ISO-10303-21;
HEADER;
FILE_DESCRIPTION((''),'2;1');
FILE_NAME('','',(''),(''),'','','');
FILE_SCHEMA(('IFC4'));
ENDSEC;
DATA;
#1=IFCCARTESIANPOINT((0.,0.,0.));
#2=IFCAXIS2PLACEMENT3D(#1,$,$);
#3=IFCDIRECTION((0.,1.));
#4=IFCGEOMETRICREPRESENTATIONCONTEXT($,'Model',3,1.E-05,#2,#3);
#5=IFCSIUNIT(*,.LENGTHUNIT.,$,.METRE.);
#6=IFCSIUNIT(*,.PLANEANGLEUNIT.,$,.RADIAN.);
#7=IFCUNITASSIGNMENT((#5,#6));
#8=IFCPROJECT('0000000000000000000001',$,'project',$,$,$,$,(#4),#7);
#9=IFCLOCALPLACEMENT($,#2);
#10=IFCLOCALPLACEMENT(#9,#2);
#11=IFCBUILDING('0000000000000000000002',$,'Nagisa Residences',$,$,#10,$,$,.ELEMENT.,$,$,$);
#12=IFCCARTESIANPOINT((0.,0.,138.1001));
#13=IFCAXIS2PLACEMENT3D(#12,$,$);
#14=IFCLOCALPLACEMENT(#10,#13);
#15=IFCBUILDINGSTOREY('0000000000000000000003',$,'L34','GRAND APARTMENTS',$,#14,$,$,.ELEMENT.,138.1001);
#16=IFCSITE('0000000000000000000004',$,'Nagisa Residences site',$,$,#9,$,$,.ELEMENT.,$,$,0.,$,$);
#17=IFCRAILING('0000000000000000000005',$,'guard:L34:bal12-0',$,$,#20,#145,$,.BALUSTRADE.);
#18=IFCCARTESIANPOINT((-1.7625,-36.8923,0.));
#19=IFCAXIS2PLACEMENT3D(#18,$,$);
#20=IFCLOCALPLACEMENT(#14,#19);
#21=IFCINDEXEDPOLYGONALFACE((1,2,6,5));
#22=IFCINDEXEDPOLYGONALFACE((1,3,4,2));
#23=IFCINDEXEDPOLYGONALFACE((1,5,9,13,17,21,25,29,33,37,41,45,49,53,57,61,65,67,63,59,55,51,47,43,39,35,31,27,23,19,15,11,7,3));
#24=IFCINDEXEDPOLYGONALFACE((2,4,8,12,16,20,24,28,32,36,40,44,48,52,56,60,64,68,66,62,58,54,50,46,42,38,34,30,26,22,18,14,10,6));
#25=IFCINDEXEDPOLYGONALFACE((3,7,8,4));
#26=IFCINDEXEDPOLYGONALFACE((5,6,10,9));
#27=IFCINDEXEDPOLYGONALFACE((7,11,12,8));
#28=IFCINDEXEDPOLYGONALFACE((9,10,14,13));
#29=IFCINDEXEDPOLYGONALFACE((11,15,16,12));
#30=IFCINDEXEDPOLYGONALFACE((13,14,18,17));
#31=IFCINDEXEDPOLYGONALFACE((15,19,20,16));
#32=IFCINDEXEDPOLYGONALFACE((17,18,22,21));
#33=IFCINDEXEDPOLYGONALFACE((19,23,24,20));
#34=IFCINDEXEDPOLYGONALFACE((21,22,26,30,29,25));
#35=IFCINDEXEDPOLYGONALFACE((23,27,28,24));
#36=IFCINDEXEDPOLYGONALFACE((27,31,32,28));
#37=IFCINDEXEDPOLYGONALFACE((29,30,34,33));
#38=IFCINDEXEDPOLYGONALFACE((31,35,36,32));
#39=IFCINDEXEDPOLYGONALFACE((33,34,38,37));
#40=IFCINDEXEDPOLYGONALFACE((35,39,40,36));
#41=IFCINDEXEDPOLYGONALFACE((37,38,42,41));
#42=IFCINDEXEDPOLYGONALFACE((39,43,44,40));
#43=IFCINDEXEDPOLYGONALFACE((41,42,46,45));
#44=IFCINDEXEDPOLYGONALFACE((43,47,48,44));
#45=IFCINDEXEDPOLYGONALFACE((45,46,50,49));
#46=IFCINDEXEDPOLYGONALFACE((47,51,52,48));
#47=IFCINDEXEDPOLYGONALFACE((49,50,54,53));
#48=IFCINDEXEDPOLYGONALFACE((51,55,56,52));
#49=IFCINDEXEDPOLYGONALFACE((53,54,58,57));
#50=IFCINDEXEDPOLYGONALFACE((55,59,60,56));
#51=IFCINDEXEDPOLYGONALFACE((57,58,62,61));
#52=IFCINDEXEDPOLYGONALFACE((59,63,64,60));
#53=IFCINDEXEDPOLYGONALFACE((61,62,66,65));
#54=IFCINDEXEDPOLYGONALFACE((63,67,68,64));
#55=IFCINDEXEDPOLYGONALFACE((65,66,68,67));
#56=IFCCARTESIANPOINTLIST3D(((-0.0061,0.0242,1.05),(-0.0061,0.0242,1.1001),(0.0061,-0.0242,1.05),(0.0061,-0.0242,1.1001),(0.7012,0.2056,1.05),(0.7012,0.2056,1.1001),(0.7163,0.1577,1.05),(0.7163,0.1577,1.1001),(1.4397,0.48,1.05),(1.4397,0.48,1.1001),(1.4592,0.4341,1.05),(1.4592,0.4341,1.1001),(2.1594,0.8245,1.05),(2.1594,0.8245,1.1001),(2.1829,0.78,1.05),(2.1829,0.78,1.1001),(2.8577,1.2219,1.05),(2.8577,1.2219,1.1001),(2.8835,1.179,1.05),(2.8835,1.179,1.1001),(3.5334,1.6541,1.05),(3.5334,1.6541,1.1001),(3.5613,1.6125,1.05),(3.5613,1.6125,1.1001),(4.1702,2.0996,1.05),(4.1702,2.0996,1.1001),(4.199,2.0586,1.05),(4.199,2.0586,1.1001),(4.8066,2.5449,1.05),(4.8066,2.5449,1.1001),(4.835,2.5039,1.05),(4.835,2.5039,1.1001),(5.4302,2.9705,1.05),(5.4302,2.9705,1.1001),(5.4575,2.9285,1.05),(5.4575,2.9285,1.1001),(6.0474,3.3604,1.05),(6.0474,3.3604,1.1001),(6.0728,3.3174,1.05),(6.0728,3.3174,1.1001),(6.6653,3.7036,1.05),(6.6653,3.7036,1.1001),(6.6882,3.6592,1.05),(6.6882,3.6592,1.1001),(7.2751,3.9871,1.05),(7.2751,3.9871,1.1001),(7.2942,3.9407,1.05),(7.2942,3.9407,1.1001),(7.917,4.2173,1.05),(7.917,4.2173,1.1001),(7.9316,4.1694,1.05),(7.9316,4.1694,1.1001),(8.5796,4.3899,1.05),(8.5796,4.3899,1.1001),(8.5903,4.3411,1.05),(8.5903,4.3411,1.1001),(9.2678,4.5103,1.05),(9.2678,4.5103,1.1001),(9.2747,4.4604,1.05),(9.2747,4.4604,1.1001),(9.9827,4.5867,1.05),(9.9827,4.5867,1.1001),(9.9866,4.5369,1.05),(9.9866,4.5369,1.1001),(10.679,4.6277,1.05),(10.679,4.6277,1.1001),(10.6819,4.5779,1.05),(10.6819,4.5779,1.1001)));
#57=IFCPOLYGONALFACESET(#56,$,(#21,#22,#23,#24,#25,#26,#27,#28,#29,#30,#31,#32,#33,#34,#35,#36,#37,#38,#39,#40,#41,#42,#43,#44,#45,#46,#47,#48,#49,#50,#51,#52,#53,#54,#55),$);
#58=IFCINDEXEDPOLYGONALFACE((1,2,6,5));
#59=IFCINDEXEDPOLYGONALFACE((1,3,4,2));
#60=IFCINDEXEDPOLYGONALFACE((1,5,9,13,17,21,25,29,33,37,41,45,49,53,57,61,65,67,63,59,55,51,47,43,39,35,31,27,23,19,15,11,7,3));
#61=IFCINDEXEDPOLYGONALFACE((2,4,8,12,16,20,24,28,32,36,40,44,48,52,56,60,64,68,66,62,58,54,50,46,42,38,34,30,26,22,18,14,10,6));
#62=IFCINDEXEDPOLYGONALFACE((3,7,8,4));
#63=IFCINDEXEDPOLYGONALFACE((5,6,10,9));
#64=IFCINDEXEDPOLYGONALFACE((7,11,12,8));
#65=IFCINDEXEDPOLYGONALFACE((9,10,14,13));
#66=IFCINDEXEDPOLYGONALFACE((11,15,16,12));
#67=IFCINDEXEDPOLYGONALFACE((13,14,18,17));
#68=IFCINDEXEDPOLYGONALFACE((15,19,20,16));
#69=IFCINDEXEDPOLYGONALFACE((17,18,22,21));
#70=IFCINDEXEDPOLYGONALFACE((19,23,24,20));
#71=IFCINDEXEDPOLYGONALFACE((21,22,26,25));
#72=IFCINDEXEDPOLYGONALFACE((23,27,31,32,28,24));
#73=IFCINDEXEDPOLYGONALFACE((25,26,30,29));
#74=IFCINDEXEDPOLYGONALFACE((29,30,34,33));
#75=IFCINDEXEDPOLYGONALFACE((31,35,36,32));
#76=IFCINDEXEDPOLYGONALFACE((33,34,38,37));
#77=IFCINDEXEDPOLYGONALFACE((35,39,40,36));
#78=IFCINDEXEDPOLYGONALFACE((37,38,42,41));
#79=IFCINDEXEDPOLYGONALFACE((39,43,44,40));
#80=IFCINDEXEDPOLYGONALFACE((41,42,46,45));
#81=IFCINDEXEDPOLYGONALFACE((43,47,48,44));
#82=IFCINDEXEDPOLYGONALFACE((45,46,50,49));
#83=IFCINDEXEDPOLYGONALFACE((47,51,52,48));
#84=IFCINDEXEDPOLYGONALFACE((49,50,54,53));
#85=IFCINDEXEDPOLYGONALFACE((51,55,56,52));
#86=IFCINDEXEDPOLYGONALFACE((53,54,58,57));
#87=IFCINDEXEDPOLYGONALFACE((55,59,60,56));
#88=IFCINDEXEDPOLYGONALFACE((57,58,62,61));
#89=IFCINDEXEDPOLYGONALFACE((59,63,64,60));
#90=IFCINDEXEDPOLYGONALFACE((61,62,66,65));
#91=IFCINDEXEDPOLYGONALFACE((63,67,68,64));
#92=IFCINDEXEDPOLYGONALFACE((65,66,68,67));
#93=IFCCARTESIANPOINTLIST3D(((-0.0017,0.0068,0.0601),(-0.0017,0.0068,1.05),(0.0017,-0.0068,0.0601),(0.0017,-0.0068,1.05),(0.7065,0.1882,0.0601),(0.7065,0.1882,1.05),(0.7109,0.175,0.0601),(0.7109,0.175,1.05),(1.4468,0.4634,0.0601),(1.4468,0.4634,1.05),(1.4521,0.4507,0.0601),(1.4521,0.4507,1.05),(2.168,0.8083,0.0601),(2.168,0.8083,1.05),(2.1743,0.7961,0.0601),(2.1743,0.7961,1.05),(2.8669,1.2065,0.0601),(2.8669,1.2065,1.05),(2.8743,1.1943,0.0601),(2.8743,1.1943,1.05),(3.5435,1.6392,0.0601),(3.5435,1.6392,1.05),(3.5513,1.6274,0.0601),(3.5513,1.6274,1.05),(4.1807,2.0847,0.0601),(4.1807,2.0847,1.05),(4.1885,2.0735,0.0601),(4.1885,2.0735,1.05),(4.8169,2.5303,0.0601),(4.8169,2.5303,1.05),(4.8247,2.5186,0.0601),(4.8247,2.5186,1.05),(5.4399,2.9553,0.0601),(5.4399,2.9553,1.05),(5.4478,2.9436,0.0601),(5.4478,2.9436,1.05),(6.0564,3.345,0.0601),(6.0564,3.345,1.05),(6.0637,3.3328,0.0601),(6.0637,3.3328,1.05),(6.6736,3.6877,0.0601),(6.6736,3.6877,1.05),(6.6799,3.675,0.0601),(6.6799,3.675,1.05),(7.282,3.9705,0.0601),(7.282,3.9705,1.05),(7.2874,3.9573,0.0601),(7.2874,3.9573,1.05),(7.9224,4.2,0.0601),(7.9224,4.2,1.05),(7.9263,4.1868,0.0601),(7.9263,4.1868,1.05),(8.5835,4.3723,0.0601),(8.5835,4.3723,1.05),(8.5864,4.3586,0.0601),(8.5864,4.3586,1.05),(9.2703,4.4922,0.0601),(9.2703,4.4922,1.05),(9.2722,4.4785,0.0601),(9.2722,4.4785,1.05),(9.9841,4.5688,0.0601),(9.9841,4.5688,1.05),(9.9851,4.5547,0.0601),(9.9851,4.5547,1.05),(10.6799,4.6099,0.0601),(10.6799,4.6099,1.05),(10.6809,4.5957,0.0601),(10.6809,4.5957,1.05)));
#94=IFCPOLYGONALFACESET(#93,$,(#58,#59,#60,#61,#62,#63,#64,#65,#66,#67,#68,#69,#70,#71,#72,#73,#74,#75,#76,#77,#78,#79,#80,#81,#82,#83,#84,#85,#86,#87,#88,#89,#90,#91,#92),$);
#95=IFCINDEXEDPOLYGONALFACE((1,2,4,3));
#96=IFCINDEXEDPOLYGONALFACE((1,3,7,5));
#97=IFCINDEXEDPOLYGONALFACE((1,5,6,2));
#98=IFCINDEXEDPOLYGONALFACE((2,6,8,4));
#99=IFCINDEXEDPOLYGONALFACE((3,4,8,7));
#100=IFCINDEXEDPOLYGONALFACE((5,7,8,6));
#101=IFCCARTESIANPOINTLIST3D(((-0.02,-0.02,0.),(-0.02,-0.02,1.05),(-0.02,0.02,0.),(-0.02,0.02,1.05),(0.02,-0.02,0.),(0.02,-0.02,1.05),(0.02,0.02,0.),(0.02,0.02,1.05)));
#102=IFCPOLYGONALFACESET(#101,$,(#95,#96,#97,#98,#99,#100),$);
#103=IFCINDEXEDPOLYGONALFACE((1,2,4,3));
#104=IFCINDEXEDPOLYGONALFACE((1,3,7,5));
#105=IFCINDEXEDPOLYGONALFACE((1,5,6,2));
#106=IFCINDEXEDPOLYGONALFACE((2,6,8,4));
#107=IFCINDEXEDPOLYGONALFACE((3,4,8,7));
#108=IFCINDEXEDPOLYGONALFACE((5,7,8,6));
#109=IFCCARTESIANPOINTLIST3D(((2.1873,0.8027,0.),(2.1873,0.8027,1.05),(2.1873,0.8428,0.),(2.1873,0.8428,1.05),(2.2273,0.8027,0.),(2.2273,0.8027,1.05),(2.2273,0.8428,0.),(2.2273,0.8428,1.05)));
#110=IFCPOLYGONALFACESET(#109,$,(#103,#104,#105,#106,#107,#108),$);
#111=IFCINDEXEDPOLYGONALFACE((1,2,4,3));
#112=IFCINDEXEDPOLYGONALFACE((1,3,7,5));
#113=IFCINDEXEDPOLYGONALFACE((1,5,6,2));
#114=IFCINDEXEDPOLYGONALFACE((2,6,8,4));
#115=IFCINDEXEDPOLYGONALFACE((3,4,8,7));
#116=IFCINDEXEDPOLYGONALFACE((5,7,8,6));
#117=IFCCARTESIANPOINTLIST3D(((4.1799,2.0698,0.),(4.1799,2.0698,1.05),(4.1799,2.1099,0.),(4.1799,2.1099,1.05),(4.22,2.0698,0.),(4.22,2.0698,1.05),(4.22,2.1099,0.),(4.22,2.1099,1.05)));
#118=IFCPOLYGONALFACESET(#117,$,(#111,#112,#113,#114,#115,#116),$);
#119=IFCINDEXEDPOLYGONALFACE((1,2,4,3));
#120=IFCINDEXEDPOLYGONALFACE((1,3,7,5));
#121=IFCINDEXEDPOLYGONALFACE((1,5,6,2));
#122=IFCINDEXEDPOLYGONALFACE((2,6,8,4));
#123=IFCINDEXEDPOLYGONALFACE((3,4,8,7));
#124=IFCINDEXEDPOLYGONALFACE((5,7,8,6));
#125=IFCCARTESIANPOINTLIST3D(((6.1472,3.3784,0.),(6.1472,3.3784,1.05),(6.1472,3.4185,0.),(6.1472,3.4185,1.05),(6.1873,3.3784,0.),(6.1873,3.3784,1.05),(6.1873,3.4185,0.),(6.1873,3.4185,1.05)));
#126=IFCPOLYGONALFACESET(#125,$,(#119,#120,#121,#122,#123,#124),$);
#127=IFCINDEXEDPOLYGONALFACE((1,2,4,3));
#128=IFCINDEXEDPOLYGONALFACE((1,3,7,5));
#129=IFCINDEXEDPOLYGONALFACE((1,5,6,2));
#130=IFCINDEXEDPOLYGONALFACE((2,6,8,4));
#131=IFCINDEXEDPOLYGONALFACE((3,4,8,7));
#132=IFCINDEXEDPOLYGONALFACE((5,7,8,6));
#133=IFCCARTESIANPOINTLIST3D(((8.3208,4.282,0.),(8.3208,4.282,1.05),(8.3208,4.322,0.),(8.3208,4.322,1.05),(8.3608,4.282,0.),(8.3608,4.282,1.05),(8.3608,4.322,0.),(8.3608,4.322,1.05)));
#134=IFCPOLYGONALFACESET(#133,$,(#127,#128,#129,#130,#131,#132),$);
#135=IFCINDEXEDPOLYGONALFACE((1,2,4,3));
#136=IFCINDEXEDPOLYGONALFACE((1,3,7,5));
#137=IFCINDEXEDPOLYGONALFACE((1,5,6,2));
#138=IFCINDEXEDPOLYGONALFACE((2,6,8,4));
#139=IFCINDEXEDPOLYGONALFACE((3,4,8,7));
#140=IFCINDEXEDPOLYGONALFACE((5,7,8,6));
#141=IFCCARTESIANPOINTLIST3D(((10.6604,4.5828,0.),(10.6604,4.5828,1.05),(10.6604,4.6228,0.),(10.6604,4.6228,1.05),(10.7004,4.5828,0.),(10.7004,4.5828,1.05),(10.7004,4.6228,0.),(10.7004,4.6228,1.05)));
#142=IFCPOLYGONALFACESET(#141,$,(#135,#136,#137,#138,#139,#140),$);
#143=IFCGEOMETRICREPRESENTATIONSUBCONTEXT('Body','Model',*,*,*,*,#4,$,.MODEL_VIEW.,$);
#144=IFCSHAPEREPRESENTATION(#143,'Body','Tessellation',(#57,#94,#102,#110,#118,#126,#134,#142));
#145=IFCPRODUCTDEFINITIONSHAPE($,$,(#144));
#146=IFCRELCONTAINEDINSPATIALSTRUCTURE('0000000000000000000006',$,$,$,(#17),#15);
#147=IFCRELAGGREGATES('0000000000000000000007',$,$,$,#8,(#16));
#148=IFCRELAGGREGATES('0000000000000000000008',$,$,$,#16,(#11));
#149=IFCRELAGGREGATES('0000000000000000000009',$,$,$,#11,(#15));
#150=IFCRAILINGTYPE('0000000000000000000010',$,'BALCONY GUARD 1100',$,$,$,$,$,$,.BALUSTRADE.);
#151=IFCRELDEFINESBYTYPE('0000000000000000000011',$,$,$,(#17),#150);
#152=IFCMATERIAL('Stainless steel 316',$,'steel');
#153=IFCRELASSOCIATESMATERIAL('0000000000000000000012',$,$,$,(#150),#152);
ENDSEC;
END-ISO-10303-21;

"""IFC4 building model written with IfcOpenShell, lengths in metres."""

from ifc_helpers import new_model, si_unit, direction, frame, origin, origin_2d, place, context, subcontext, project, spatial, polyline, rectangle, outline, extrude, material, type_object, element, save


model = new_model("IFC4")

# Units and contexts
model_context = context("Model", 3, precision=1e-05, world=origin(), true_north=direction((0.0, 1.0)))
body_context = subcontext(model_context, "Body", "Model", "MODEL_VIEW")
ifc_project = project(units=[si_unit("LENGTHUNIT", "METRE"), si_unit("PLANEANGLEUNIT", "RADIAN")], contexts=[model_context])

# Site, building, storey
site_placement = place(None, origin())
site = spatial("IfcSite", under=ifc_project, at=site_placement, Name="Nagisa Residences site", CompositionType="ELEMENT", RefElevation=0.0)
building_placement = place(site_placement, origin())
building = spatial("IfcBuilding", under=site, at=building_placement, Name="Nagisa Residences", CompositionType="ELEMENT")
storey_placement = place(building_placement, frame((0.0, 0.0, 138.1001)))
storey = spatial("IfcBuildingStorey", under=building, at=storey_placement, Name="L34", Description="GRAND APARTMENTS", CompositionType="ELEMENT", Elevation=138.1001)

# Railing
ifc_material_1 = material(Name="Stainless steel 316", Category="steel")
railing_type = type_object("IfcRailingType", Name="BALCONY GUARD 1100", PredefinedType="BALUSTRADE", material=ifc_material_1)
railing_1_placement = place(storey_placement, frame((-1.7625, -36.8923, 0.0)))
element("IfcRailing", 1, at=railing_1_placement, inside=storey, type_object=railing_type, Name="guard:L34:bal12-0", PredefinedType="BALUSTRADE", context=body_context, shape_type="SweptSolid", body=[
    extrude(outline(polyline([(0.7012, 0.2056), (-0.0061, 0.0242), (0.0061, -0.0242), (0.7163, 0.1577), (1.4592, 0.4341), (2.1829, 0.78), (2.8835, 1.179), (3.5613, 1.6125), (4.199, 2.0586), (4.835, 2.5039), (5.4575, 2.9285), (6.0728, 3.3174), (6.6882, 3.6592), (7.2942, 3.9407), (7.9316, 4.1694), (8.5903, 4.3411), (9.2747, 4.4604), (9.9866, 4.5369), (10.6819, 4.5779), (10.679, 4.6277), (9.9827, 4.5867), (9.2678, 4.5103), (8.5796, 4.3899), (7.917, 4.2173), (7.2751, 3.9871), (6.6653, 3.7036), (6.0474, 3.3604), (5.4302, 2.9705), (4.8066, 2.5449), (4.1702, 2.0996), (3.5334, 1.6541), (2.8577, 1.2219), (2.1594, 0.8245), (1.4397, 0.48), (0.7012, 0.2056)])), frame((0.0, 0.0, 1.05)), (0.0, 0.0, 1.0), 0.05),
    extrude(outline(polyline([(0.7065, 0.1882), (-0.0017, 0.0068), (0.0017, -0.0068), (0.7109, 0.175), (1.4521, 0.4507), (2.1743, 0.7961), (2.8743, 1.1943), (3.5513, 1.6274), (4.1885, 2.0735), (4.8247, 2.5186), (5.4478, 2.9436), (6.0637, 3.3328), (6.6799, 3.675), (7.2874, 3.9573), (7.9263, 4.1868), (8.5864, 4.3586), (9.2722, 4.4785), (9.9851, 4.5547), (10.6809, 4.5957), (10.6799, 4.6099), (9.9841, 4.5688), (9.2703, 4.4922), (8.5835, 4.3723), (7.9224, 4.2), (7.282, 3.9705), (6.6736, 3.6877), (6.0564, 3.345), (5.4399, 2.9553), (4.8169, 2.5303), (4.1807, 2.0847), (3.5435, 1.6392), (2.8669, 1.2065), (2.168, 0.8083), (1.4468, 0.4634), (0.7065, 0.1882)])), frame((0.0, 0.0, 0.0601)), (0.0, 0.0, 1.0), 0.99),
    extrude(rectangle(XDim=0.04, YDim=0.04, at=origin_2d()), origin(), (0.0, 0.0, 1.0), 1.05),
    extrude(rectangle(XDim=0.04, YDim=0.04, at=origin_2d()), frame((2.2073, 0.8228, 0.0)), (0.0, 0.0, 1.0), 1.05),
    extrude(rectangle(XDim=0.04, YDim=0.04, at=origin_2d()), frame((4.2, 2.0898, 0.0)), (0.0, 0.0, 1.0), 1.05),
    extrude(rectangle(XDim=0.04, YDim=0.04, at=origin_2d()), frame((6.1672, 3.3984, 0.0)), (0.0, 0.0, 1.0), 1.05),
    extrude(rectangle(XDim=0.04, YDim=0.04, at=origin_2d()), frame((8.3408, 4.302, 0.0)), (0.0, 0.0, 1.0), 1.05),
    extrude(rectangle(XDim=0.04, YDim=0.04, at=origin_2d()), frame((10.6804, 4.6028, 0.0)), (0.0, 0.0, 1.0), 1.05),
])

save(model, "model.ifc")
